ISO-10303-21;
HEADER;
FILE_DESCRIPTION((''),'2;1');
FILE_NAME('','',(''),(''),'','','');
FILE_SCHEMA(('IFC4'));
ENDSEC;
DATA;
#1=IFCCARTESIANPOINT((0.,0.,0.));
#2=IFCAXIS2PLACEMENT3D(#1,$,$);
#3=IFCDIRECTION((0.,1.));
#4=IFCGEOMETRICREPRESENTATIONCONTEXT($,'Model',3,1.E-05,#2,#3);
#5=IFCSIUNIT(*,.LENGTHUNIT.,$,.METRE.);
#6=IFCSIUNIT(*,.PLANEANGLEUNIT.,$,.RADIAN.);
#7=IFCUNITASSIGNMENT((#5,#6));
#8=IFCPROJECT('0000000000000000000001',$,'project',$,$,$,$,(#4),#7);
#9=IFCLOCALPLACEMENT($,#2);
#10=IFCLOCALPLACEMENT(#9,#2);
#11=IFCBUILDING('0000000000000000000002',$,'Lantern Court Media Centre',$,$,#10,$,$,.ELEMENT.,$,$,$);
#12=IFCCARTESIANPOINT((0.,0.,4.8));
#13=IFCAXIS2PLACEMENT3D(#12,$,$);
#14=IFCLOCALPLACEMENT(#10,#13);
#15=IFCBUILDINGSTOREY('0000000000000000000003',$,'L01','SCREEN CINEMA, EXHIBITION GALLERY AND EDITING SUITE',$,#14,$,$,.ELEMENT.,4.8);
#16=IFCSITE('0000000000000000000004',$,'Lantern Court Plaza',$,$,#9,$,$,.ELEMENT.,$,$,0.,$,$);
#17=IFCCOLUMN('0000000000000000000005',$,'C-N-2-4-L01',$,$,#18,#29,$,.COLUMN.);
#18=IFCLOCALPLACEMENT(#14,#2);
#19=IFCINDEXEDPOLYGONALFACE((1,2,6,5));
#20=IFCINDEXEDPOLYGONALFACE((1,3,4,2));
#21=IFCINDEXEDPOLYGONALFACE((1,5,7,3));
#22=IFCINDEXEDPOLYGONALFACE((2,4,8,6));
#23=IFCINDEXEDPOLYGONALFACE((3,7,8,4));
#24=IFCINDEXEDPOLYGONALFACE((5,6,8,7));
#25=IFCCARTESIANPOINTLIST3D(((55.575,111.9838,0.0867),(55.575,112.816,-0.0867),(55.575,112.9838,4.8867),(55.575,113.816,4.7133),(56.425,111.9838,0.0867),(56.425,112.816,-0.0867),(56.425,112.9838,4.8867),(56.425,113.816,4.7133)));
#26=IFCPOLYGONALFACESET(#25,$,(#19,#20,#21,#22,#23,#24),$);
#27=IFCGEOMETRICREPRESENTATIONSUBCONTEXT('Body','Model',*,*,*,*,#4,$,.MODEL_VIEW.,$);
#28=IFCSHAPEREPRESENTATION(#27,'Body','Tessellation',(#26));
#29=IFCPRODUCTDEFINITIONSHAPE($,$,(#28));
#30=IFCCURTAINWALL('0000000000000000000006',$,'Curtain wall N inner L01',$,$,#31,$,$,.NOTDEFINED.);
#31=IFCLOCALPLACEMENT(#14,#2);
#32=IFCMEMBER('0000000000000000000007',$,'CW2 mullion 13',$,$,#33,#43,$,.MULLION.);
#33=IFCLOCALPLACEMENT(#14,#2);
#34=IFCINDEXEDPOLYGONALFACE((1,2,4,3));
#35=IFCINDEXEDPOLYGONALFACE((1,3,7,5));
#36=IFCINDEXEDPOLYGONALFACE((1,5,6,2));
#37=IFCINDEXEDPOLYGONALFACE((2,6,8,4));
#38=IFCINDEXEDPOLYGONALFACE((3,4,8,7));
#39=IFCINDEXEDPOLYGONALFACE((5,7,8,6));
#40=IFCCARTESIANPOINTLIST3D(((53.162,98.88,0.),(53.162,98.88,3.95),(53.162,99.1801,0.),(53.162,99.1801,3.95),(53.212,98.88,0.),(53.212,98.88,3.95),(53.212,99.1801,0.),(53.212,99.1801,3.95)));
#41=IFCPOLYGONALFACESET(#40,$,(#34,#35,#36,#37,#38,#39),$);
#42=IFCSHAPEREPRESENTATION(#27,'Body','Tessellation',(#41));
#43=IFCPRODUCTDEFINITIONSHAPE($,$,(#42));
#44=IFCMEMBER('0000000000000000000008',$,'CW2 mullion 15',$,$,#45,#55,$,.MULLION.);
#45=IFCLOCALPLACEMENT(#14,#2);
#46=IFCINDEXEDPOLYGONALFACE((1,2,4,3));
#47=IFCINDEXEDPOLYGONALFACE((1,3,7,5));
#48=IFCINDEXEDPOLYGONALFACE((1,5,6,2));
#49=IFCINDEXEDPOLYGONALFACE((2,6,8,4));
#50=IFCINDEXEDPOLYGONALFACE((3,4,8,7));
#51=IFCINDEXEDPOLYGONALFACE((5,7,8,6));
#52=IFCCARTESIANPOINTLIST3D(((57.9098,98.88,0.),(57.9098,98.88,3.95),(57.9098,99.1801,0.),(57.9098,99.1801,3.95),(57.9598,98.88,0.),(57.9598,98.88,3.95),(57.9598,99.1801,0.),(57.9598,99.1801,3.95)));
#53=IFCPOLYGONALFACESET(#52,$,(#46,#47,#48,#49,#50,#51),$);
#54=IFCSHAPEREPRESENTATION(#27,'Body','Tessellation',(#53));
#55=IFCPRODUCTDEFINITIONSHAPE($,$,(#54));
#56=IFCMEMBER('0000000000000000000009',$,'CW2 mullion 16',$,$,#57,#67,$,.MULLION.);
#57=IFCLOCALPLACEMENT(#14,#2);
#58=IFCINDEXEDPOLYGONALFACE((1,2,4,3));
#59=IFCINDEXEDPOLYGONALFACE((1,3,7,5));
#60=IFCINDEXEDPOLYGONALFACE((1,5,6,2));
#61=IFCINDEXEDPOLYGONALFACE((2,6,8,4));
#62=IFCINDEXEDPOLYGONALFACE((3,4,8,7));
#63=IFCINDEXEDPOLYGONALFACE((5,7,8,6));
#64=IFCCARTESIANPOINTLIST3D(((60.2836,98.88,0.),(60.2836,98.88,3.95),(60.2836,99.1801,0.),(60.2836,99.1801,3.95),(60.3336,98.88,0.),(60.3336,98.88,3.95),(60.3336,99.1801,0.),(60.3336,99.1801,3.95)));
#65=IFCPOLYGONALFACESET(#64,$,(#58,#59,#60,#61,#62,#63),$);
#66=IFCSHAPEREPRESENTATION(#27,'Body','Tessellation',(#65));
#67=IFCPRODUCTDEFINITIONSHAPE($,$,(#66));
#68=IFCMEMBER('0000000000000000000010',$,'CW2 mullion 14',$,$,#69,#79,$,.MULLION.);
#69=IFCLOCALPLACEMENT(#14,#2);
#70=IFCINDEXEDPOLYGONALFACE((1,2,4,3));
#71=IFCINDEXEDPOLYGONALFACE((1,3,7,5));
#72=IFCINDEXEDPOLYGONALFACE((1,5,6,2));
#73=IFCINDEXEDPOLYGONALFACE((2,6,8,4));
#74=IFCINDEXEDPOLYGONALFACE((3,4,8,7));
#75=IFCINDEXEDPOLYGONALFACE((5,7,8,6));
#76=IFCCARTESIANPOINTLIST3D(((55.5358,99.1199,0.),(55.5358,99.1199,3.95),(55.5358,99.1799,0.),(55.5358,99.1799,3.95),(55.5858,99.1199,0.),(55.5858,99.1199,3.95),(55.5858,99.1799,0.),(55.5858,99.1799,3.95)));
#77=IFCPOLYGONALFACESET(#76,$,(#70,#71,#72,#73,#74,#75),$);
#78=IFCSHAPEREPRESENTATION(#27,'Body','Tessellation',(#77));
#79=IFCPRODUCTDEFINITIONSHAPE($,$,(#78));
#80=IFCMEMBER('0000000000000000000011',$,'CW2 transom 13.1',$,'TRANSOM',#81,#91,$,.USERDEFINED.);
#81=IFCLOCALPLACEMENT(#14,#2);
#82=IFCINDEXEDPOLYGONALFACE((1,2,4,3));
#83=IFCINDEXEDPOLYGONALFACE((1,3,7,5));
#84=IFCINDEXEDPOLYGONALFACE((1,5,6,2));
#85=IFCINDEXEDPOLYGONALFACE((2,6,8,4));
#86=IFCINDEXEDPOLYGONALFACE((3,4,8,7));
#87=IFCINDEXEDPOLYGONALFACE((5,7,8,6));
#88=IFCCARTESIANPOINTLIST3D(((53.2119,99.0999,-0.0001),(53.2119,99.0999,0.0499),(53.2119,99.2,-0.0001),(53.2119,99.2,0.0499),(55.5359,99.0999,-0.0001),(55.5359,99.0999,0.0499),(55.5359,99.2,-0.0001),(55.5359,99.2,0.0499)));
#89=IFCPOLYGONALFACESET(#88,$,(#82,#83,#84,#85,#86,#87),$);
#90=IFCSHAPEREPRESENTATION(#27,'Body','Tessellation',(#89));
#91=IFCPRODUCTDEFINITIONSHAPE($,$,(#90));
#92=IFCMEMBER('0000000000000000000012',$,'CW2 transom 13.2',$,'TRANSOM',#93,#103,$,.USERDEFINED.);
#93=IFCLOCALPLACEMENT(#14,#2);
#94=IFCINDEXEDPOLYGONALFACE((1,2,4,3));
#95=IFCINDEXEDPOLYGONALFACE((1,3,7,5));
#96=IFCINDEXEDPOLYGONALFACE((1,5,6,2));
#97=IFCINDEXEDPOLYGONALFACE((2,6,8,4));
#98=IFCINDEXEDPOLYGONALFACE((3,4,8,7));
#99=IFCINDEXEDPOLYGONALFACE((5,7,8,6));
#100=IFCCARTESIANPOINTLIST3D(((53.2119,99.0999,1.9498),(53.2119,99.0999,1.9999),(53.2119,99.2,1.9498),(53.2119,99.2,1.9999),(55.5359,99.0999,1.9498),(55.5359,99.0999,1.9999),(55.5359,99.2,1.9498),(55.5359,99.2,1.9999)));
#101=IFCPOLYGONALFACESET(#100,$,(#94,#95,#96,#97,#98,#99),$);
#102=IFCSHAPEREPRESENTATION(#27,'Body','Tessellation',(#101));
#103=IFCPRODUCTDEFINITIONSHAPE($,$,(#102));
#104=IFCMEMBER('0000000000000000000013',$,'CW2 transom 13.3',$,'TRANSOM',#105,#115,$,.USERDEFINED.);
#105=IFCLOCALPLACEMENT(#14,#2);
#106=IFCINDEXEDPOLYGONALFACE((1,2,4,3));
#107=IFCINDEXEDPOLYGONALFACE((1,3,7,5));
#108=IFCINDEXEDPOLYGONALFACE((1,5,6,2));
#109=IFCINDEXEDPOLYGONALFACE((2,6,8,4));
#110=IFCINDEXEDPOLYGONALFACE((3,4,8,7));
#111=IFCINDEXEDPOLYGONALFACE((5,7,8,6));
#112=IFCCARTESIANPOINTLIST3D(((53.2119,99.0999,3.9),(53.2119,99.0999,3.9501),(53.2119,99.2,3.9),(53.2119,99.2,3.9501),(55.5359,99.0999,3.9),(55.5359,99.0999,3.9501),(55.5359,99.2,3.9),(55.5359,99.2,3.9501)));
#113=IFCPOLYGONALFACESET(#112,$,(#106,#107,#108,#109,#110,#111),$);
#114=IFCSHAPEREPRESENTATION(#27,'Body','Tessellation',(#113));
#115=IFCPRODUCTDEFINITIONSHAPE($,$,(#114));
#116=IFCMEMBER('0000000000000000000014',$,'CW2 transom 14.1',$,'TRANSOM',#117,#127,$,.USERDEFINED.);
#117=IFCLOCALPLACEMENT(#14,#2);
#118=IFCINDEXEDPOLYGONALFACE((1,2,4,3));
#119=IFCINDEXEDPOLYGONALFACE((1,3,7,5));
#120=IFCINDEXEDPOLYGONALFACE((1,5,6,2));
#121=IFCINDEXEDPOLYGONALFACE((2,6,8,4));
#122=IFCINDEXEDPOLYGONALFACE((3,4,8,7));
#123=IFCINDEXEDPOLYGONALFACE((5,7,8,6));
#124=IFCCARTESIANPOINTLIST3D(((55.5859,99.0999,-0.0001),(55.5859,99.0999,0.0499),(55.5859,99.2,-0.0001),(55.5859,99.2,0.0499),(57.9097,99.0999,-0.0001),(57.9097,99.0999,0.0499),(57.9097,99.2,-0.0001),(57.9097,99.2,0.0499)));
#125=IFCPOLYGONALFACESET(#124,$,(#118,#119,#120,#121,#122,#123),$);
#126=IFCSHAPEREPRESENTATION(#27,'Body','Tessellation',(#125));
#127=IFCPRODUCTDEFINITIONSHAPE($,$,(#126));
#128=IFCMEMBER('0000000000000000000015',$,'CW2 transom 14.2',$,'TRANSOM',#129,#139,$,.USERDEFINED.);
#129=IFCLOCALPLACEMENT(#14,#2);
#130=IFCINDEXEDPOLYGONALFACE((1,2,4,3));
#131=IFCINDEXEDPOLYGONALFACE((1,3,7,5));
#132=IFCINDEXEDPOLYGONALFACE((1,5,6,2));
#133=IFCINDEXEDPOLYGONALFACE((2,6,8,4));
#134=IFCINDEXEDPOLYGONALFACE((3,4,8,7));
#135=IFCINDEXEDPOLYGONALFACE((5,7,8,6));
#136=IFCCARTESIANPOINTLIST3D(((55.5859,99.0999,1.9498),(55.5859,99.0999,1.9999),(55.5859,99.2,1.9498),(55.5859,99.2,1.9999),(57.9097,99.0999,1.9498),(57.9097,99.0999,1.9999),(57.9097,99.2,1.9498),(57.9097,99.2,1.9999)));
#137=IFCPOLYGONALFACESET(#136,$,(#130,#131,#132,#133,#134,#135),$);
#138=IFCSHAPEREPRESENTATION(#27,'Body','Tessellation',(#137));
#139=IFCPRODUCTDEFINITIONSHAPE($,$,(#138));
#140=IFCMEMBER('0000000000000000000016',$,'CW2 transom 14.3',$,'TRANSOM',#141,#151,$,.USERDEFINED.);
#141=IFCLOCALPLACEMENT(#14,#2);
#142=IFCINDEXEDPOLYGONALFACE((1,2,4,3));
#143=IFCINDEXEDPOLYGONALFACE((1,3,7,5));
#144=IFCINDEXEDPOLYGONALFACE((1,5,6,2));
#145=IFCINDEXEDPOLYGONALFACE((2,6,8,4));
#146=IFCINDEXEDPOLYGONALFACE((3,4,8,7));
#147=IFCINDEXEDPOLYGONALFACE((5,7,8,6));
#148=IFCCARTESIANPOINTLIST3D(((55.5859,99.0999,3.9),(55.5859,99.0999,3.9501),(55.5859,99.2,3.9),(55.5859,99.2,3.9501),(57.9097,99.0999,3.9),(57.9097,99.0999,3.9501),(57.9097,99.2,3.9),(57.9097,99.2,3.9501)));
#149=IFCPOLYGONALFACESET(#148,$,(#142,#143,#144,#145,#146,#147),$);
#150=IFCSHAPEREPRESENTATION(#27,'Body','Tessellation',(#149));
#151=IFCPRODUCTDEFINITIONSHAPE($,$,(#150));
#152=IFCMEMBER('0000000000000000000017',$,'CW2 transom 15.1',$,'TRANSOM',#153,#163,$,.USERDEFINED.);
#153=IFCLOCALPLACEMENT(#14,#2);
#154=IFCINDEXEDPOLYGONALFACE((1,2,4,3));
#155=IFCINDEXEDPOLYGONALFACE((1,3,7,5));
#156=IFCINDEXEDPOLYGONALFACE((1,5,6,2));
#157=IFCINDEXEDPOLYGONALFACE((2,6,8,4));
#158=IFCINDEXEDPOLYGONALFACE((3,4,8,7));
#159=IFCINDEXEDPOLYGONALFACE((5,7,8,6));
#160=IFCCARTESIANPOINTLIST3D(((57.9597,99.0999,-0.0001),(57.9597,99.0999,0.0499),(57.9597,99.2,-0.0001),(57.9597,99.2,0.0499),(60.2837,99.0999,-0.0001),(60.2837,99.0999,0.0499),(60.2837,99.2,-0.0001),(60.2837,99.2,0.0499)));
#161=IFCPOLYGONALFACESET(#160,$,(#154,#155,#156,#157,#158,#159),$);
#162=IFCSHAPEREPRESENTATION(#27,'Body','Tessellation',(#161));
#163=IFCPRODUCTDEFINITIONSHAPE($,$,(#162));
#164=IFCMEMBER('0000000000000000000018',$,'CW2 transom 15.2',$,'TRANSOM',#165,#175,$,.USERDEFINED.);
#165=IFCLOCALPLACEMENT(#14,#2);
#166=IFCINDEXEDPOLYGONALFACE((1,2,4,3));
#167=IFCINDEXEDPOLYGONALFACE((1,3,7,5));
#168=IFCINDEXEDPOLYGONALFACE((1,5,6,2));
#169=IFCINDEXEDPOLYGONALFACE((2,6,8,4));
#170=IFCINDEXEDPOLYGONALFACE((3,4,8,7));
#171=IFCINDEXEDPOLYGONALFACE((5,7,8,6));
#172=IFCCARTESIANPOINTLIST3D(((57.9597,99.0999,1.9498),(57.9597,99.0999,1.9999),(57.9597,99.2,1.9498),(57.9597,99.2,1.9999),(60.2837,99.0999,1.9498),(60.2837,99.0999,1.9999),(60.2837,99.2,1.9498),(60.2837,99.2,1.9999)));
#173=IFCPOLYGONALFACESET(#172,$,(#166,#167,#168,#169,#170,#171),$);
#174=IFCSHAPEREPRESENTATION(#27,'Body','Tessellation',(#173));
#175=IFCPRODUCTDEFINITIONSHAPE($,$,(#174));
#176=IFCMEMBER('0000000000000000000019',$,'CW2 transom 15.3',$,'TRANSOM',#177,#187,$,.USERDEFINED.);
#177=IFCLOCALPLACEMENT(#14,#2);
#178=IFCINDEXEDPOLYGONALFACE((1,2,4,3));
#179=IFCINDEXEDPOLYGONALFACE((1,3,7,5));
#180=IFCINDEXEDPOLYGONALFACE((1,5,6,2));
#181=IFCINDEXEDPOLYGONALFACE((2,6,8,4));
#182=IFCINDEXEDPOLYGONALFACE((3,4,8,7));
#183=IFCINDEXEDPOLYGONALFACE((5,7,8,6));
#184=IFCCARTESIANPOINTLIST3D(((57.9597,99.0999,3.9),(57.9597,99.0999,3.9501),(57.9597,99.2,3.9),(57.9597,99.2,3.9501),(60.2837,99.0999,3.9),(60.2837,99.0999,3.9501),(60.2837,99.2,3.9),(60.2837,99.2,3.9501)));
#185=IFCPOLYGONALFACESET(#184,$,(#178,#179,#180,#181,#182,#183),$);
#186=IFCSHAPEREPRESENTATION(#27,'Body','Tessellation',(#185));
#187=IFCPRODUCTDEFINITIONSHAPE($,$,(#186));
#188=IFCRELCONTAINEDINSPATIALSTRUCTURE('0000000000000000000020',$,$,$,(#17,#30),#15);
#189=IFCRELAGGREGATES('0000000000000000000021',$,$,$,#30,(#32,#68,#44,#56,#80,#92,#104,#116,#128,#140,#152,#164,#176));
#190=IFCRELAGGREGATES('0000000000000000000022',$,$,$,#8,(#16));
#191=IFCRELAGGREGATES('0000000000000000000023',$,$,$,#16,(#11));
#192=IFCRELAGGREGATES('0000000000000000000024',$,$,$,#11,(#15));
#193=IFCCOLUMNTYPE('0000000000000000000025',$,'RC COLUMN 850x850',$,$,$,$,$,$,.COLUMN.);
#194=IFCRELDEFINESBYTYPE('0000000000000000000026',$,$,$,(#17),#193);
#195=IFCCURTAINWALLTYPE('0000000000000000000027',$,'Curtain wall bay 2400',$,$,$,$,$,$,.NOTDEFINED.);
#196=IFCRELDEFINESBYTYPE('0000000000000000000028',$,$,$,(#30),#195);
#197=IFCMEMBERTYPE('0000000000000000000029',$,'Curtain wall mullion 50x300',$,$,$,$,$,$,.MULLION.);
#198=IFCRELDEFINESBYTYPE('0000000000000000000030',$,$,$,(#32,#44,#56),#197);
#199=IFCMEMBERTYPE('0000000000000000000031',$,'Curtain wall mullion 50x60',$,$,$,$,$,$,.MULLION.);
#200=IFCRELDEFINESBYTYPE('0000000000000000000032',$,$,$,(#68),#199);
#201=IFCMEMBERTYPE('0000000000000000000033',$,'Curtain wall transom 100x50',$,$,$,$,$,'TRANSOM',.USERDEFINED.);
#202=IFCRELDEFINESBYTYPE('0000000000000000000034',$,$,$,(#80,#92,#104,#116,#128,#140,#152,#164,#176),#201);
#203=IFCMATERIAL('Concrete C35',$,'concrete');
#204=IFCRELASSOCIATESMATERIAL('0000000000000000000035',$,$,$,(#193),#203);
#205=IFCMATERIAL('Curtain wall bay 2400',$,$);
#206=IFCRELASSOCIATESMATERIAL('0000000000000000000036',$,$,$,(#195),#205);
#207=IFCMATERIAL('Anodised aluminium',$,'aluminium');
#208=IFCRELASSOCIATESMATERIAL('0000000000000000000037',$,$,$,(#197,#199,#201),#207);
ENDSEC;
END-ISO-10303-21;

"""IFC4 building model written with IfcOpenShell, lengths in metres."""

from ifc_helpers import new_model, si_unit, direction, frame, origin, origin_2d, place, context, subcontext, project, spatial, rectangle, extrude, material, material_profile, profile_set, type_object, element, aggregate, save


model = new_model("IFC4")

# Units and contexts
model_context = context("Model", 3, precision=1e-05, world=origin(), true_north=direction((0.0, 1.0)))
body_context = subcontext(model_context, "Body", "Model", "MODEL_VIEW")
ifc_project = project(units=[si_unit("LENGTHUNIT", "METRE"), si_unit("PLANEANGLEUNIT", "RADIAN")], contexts=[model_context])

# Site, building, storey
site_placement = place(None, origin())
site = spatial("IfcSite", under=ifc_project, at=site_placement, Name="Lantern Court Plaza", CompositionType="ELEMENT", RefElevation=0.0)
building_placement = place(site_placement, origin())
building = spatial("IfcBuilding", under=site, at=building_placement, Name="Lantern Court Media Centre", CompositionType="ELEMENT")
storey_placement = place(building_placement, frame((0.0, 0.0, 4.8)))
storey = spatial("IfcBuildingStorey", under=building, at=storey_placement, Name="L01", Description="SCREEN CINEMA, EXHIBITION GALLERY AND EDITING SUITE", CompositionType="ELEMENT", Elevation=4.8)

# Column
ifc_material_1 = material(Name="Concrete C35", Category="concrete")
ifc_material_profile_1 = material_profile(ifc_material_1, rectangle(XDim=0.8501, YDim=0.8501, at=origin_2d()), Name="RC 850x850")
ifc_profile_set_1 = profile_set([ifc_material_profile_1], Name="Concrete C35")
column_type = type_object("IfcColumnType", Name="RC COLUMN 850x850", PredefinedType="COLUMN", material=ifc_profile_set_1)
column_placement = place(storey_placement, frame((56.0, 112.3999, 0.0), z_axis=(0.0, 0.203952, 0.978981), x_axis=(-1.0, 0.0, 0.0)))
element("IfcColumn", 1, at=column_placement, inside=storey, type_object=column_type, Name="C-N-2-4-L01", PredefinedType="COLUMN", context=body_context, shape_type="SweptSolid", body=[
    extrude(rectangle(XDim=0.8501, YDim=0.8501, at=origin_2d()), origin(), (0.0, 0.0, 1.0), 4.9031),
])

# Curtain wall, members
ifc_material_2 = material(Name="Curtain wall bay 2400")
curtain_wall_type = type_object("IfcCurtainWallType", Name="Curtain wall bay 2400", PredefinedType="NOTDEFINED", material=ifc_material_2)
curtain_wall_placement = place(storey_placement, origin())
curtain_wall = element("IfcCurtainWall", 2, at=curtain_wall_placement, inside=storey, type_object=curtain_wall_type, Name="Curtain wall N inner L01", PredefinedType="NOTDEFINED")
ifc_material_3 = material(Name="Anodised aluminium", Category="aluminium")
ifc_material_profile_2 = material_profile(ifc_material_3, rectangle(XDim=0.3, YDim=0.05, at=origin_2d()), Name="AL 50x300")
ifc_profile_set_2 = profile_set([ifc_material_profile_2], Name="Anodised aluminium")
member_type_1 = type_object("IfcMemberType", Name="Curtain wall mullion 50x300", PredefinedType="MULLION", material=ifc_profile_set_2)
member_1_placement = place(storey_placement, frame((53.187, 99.03, 0.0), z_axis=(0.0, 0.0, 1.0), x_axis=(0.0, 1.0, 0.0)))
member_1 = element("IfcMember", 3, at=member_1_placement, type_object=member_type_1, Name="CW2 mullion 13", PredefinedType="MULLION", context=body_context, shape_type="SweptSolid", body=[
    extrude(rectangle(XDim=0.3, YDim=0.05, at=origin_2d()), origin(), (0.0, 0.0, 1.0), 3.95),
])
member_2_placement = place(storey_placement, frame((57.9348, 99.03, 0.0), z_axis=(0.0, 0.0, 1.0), x_axis=(0.0, 1.0, 0.0)))
member_2 = element("IfcMember", 4, at=member_2_placement, type_object=member_type_1, Name="CW2 mullion 15", PredefinedType="MULLION", context=body_context, shape_type="SweptSolid", body=[
    extrude(rectangle(XDim=0.3, YDim=0.05, at=origin_2d()), origin(), (0.0, 0.0, 1.0), 3.95),
])
member_3_placement = place(storey_placement, frame((60.3086, 99.03, 0.0), z_axis=(0.0, 0.0, 1.0), x_axis=(0.0, 1.0, 0.0)))
member_3 = element("IfcMember", 5, at=member_3_placement, type_object=member_type_1, Name="CW2 mullion 16", PredefinedType="MULLION", context=body_context, shape_type="SweptSolid", body=[
    extrude(rectangle(XDim=0.3, YDim=0.05, at=origin_2d()), origin(), (0.0, 0.0, 1.0), 3.95),
])
ifc_material_profile_3 = material_profile(ifc_material_3, rectangle(XDim=0.0601, YDim=0.05, at=origin_2d()), Name="AL 50x60")
ifc_profile_set_3 = profile_set([ifc_material_profile_3], Name="Anodised aluminium")
member_type_2 = type_object("IfcMemberType", Name="Curtain wall mullion 50x60", PredefinedType="MULLION", material=ifc_profile_set_3)
member_4_placement = place(storey_placement, frame((55.5608, 99.1499, 0.0), z_axis=(0.0, 0.0, 1.0), x_axis=(0.0, 1.0, 0.0)))
member_4 = element("IfcMember", 6, at=member_4_placement, type_object=member_type_2, Name="CW2 mullion 14", PredefinedType="MULLION", context=body_context, shape_type="SweptSolid", body=[
    extrude(rectangle(XDim=0.0601, YDim=0.05, at=origin_2d()), origin(), (0.0, 0.0, 1.0), 3.95),
])
ifc_material_profile_4 = material_profile(ifc_material_3, rectangle(XDim=0.1001, YDim=0.05, at=origin_2d()), Name="AL 50x100")
ifc_profile_set_4 = profile_set([ifc_material_profile_4], Name="Anodised aluminium")
member_type_3 = type_object("IfcMemberType", Name="Curtain wall transom 100x50", ElementType="TRANSOM", PredefinedType="USERDEFINED", material=ifc_profile_set_4)
member_5_placement = place(storey_placement, frame((53.2119, 99.1499, 0.0249), z_axis=(1.0, 0.0, 0.0), x_axis=(0.0, 1.0, 0.0)))
member_5 = element("IfcMember", 7, at=member_5_placement, type_object=member_type_3, Name="CW2 transom 13.1", ObjectType="TRANSOM", PredefinedType="USERDEFINED", context=body_context, shape_type="SweptSolid", body=[
    extrude(rectangle(XDim=0.1001, YDim=0.05, at=origin_2d()), origin(), (0.0, 0.0, 1.0), 2.324),
])
member_6_placement = place(storey_placement, frame((53.2119, 99.1499, 1.9749), z_axis=(1.0, 0.0, 0.0), x_axis=(0.0, 1.0, 0.0)))
member_6 = element("IfcMember", 8, at=member_6_placement, type_object=member_type_3, Name="CW2 transom 13.2", ObjectType="TRANSOM", PredefinedType="USERDEFINED", context=body_context, shape_type="SweptSolid", body=[
    extrude(rectangle(XDim=0.1001, YDim=0.05, at=origin_2d()), origin(), (0.0, 0.0, 1.0), 2.324),
])
member_7_placement = place(storey_placement, frame((53.2119, 99.1499, 3.925), z_axis=(1.0, 0.0, 0.0), x_axis=(0.0, 1.0, 0.0)))
member_7 = element("IfcMember", 9, at=member_7_placement, type_object=member_type_3, Name="CW2 transom 13.3", ObjectType="TRANSOM", PredefinedType="USERDEFINED", context=body_context, shape_type="SweptSolid", body=[
    extrude(rectangle(XDim=0.1001, YDim=0.05, at=origin_2d()), origin(), (0.0, 0.0, 1.0), 2.324),
])
member_8_placement = place(storey_placement, frame((55.5859, 99.1499, 0.0249), z_axis=(1.0, 0.0, 0.0), x_axis=(0.0, 1.0, 0.0)))
member_8 = element("IfcMember", 10, at=member_8_placement, type_object=member_type_3, Name="CW2 transom 14.1", ObjectType="TRANSOM", PredefinedType="USERDEFINED", context=body_context, shape_type="SweptSolid", body=[
    extrude(rectangle(XDim=0.1001, YDim=0.05, at=origin_2d()), origin(), (0.0, 0.0, 1.0), 2.3237),
])
member_9_placement = place(storey_placement, frame((55.5859, 99.1499, 1.9749), z_axis=(1.0, 0.0, 0.0), x_axis=(0.0, 1.0, 0.0)))
member_9 = element("IfcMember", 11, at=member_9_placement, type_object=member_type_3, Name="CW2 transom 14.2", ObjectType="TRANSOM", PredefinedType="USERDEFINED", context=body_context, shape_type="SweptSolid", body=[
    extrude(rectangle(XDim=0.1001, YDim=0.05, at=origin_2d()), origin(), (0.0, 0.0, 1.0), 2.3237),
])
member_10_placement = place(storey_placement, frame((55.5859, 99.1499, 3.925), z_axis=(1.0, 0.0, 0.0), x_axis=(0.0, 1.0, 0.0)))
member_10 = element("IfcMember", 12, at=member_10_placement, type_object=member_type_3, Name="CW2 transom 14.3", ObjectType="TRANSOM", PredefinedType="USERDEFINED", context=body_context, shape_type="SweptSolid", body=[
    extrude(rectangle(XDim=0.1001, YDim=0.05, at=origin_2d()), origin(), (0.0, 0.0, 1.0), 2.3237),
])
member_11_placement = place(storey_placement, frame((57.9597, 99.1499, 0.0249), z_axis=(1.0, 0.0, 0.0), x_axis=(0.0, 1.0, 0.0)))
member_11 = element("IfcMember", 13, at=member_11_placement, type_object=member_type_3, Name="CW2 transom 15.1", ObjectType="TRANSOM", PredefinedType="USERDEFINED", context=body_context, shape_type="SweptSolid", body=[
    extrude(rectangle(XDim=0.1001, YDim=0.05, at=origin_2d()), origin(), (0.0, 0.0, 1.0), 2.324),
])
member_12_placement = place(storey_placement, frame((57.9597, 99.1499, 1.9749), z_axis=(1.0, 0.0, 0.0), x_axis=(0.0, 1.0, 0.0)))
member_12 = element("IfcMember", 14, at=member_12_placement, type_object=member_type_3, Name="CW2 transom 15.2", ObjectType="TRANSOM", PredefinedType="USERDEFINED", context=body_context, shape_type="SweptSolid", body=[
    extrude(rectangle(XDim=0.1001, YDim=0.05, at=origin_2d()), origin(), (0.0, 0.0, 1.0), 2.324),
])
member_13_placement = place(storey_placement, frame((57.9597, 99.1499, 3.925), z_axis=(1.0, 0.0, 0.0), x_axis=(0.0, 1.0, 0.0)))
member_13 = element("IfcMember", 15, at=member_13_placement, type_object=member_type_3, Name="CW2 transom 15.3", ObjectType="TRANSOM", PredefinedType="USERDEFINED", context=body_context, shape_type="SweptSolid", body=[
    extrude(rectangle(XDim=0.1001, YDim=0.05, at=origin_2d()), origin(), (0.0, 0.0, 1.0), 2.324),
])

aggregate(curtain_wall, [member_1, member_4, member_2, member_3, member_5, member_6, member_7, member_8, member_9, member_10, member_11, member_12, member_13])

save(model, "model.ifc")
